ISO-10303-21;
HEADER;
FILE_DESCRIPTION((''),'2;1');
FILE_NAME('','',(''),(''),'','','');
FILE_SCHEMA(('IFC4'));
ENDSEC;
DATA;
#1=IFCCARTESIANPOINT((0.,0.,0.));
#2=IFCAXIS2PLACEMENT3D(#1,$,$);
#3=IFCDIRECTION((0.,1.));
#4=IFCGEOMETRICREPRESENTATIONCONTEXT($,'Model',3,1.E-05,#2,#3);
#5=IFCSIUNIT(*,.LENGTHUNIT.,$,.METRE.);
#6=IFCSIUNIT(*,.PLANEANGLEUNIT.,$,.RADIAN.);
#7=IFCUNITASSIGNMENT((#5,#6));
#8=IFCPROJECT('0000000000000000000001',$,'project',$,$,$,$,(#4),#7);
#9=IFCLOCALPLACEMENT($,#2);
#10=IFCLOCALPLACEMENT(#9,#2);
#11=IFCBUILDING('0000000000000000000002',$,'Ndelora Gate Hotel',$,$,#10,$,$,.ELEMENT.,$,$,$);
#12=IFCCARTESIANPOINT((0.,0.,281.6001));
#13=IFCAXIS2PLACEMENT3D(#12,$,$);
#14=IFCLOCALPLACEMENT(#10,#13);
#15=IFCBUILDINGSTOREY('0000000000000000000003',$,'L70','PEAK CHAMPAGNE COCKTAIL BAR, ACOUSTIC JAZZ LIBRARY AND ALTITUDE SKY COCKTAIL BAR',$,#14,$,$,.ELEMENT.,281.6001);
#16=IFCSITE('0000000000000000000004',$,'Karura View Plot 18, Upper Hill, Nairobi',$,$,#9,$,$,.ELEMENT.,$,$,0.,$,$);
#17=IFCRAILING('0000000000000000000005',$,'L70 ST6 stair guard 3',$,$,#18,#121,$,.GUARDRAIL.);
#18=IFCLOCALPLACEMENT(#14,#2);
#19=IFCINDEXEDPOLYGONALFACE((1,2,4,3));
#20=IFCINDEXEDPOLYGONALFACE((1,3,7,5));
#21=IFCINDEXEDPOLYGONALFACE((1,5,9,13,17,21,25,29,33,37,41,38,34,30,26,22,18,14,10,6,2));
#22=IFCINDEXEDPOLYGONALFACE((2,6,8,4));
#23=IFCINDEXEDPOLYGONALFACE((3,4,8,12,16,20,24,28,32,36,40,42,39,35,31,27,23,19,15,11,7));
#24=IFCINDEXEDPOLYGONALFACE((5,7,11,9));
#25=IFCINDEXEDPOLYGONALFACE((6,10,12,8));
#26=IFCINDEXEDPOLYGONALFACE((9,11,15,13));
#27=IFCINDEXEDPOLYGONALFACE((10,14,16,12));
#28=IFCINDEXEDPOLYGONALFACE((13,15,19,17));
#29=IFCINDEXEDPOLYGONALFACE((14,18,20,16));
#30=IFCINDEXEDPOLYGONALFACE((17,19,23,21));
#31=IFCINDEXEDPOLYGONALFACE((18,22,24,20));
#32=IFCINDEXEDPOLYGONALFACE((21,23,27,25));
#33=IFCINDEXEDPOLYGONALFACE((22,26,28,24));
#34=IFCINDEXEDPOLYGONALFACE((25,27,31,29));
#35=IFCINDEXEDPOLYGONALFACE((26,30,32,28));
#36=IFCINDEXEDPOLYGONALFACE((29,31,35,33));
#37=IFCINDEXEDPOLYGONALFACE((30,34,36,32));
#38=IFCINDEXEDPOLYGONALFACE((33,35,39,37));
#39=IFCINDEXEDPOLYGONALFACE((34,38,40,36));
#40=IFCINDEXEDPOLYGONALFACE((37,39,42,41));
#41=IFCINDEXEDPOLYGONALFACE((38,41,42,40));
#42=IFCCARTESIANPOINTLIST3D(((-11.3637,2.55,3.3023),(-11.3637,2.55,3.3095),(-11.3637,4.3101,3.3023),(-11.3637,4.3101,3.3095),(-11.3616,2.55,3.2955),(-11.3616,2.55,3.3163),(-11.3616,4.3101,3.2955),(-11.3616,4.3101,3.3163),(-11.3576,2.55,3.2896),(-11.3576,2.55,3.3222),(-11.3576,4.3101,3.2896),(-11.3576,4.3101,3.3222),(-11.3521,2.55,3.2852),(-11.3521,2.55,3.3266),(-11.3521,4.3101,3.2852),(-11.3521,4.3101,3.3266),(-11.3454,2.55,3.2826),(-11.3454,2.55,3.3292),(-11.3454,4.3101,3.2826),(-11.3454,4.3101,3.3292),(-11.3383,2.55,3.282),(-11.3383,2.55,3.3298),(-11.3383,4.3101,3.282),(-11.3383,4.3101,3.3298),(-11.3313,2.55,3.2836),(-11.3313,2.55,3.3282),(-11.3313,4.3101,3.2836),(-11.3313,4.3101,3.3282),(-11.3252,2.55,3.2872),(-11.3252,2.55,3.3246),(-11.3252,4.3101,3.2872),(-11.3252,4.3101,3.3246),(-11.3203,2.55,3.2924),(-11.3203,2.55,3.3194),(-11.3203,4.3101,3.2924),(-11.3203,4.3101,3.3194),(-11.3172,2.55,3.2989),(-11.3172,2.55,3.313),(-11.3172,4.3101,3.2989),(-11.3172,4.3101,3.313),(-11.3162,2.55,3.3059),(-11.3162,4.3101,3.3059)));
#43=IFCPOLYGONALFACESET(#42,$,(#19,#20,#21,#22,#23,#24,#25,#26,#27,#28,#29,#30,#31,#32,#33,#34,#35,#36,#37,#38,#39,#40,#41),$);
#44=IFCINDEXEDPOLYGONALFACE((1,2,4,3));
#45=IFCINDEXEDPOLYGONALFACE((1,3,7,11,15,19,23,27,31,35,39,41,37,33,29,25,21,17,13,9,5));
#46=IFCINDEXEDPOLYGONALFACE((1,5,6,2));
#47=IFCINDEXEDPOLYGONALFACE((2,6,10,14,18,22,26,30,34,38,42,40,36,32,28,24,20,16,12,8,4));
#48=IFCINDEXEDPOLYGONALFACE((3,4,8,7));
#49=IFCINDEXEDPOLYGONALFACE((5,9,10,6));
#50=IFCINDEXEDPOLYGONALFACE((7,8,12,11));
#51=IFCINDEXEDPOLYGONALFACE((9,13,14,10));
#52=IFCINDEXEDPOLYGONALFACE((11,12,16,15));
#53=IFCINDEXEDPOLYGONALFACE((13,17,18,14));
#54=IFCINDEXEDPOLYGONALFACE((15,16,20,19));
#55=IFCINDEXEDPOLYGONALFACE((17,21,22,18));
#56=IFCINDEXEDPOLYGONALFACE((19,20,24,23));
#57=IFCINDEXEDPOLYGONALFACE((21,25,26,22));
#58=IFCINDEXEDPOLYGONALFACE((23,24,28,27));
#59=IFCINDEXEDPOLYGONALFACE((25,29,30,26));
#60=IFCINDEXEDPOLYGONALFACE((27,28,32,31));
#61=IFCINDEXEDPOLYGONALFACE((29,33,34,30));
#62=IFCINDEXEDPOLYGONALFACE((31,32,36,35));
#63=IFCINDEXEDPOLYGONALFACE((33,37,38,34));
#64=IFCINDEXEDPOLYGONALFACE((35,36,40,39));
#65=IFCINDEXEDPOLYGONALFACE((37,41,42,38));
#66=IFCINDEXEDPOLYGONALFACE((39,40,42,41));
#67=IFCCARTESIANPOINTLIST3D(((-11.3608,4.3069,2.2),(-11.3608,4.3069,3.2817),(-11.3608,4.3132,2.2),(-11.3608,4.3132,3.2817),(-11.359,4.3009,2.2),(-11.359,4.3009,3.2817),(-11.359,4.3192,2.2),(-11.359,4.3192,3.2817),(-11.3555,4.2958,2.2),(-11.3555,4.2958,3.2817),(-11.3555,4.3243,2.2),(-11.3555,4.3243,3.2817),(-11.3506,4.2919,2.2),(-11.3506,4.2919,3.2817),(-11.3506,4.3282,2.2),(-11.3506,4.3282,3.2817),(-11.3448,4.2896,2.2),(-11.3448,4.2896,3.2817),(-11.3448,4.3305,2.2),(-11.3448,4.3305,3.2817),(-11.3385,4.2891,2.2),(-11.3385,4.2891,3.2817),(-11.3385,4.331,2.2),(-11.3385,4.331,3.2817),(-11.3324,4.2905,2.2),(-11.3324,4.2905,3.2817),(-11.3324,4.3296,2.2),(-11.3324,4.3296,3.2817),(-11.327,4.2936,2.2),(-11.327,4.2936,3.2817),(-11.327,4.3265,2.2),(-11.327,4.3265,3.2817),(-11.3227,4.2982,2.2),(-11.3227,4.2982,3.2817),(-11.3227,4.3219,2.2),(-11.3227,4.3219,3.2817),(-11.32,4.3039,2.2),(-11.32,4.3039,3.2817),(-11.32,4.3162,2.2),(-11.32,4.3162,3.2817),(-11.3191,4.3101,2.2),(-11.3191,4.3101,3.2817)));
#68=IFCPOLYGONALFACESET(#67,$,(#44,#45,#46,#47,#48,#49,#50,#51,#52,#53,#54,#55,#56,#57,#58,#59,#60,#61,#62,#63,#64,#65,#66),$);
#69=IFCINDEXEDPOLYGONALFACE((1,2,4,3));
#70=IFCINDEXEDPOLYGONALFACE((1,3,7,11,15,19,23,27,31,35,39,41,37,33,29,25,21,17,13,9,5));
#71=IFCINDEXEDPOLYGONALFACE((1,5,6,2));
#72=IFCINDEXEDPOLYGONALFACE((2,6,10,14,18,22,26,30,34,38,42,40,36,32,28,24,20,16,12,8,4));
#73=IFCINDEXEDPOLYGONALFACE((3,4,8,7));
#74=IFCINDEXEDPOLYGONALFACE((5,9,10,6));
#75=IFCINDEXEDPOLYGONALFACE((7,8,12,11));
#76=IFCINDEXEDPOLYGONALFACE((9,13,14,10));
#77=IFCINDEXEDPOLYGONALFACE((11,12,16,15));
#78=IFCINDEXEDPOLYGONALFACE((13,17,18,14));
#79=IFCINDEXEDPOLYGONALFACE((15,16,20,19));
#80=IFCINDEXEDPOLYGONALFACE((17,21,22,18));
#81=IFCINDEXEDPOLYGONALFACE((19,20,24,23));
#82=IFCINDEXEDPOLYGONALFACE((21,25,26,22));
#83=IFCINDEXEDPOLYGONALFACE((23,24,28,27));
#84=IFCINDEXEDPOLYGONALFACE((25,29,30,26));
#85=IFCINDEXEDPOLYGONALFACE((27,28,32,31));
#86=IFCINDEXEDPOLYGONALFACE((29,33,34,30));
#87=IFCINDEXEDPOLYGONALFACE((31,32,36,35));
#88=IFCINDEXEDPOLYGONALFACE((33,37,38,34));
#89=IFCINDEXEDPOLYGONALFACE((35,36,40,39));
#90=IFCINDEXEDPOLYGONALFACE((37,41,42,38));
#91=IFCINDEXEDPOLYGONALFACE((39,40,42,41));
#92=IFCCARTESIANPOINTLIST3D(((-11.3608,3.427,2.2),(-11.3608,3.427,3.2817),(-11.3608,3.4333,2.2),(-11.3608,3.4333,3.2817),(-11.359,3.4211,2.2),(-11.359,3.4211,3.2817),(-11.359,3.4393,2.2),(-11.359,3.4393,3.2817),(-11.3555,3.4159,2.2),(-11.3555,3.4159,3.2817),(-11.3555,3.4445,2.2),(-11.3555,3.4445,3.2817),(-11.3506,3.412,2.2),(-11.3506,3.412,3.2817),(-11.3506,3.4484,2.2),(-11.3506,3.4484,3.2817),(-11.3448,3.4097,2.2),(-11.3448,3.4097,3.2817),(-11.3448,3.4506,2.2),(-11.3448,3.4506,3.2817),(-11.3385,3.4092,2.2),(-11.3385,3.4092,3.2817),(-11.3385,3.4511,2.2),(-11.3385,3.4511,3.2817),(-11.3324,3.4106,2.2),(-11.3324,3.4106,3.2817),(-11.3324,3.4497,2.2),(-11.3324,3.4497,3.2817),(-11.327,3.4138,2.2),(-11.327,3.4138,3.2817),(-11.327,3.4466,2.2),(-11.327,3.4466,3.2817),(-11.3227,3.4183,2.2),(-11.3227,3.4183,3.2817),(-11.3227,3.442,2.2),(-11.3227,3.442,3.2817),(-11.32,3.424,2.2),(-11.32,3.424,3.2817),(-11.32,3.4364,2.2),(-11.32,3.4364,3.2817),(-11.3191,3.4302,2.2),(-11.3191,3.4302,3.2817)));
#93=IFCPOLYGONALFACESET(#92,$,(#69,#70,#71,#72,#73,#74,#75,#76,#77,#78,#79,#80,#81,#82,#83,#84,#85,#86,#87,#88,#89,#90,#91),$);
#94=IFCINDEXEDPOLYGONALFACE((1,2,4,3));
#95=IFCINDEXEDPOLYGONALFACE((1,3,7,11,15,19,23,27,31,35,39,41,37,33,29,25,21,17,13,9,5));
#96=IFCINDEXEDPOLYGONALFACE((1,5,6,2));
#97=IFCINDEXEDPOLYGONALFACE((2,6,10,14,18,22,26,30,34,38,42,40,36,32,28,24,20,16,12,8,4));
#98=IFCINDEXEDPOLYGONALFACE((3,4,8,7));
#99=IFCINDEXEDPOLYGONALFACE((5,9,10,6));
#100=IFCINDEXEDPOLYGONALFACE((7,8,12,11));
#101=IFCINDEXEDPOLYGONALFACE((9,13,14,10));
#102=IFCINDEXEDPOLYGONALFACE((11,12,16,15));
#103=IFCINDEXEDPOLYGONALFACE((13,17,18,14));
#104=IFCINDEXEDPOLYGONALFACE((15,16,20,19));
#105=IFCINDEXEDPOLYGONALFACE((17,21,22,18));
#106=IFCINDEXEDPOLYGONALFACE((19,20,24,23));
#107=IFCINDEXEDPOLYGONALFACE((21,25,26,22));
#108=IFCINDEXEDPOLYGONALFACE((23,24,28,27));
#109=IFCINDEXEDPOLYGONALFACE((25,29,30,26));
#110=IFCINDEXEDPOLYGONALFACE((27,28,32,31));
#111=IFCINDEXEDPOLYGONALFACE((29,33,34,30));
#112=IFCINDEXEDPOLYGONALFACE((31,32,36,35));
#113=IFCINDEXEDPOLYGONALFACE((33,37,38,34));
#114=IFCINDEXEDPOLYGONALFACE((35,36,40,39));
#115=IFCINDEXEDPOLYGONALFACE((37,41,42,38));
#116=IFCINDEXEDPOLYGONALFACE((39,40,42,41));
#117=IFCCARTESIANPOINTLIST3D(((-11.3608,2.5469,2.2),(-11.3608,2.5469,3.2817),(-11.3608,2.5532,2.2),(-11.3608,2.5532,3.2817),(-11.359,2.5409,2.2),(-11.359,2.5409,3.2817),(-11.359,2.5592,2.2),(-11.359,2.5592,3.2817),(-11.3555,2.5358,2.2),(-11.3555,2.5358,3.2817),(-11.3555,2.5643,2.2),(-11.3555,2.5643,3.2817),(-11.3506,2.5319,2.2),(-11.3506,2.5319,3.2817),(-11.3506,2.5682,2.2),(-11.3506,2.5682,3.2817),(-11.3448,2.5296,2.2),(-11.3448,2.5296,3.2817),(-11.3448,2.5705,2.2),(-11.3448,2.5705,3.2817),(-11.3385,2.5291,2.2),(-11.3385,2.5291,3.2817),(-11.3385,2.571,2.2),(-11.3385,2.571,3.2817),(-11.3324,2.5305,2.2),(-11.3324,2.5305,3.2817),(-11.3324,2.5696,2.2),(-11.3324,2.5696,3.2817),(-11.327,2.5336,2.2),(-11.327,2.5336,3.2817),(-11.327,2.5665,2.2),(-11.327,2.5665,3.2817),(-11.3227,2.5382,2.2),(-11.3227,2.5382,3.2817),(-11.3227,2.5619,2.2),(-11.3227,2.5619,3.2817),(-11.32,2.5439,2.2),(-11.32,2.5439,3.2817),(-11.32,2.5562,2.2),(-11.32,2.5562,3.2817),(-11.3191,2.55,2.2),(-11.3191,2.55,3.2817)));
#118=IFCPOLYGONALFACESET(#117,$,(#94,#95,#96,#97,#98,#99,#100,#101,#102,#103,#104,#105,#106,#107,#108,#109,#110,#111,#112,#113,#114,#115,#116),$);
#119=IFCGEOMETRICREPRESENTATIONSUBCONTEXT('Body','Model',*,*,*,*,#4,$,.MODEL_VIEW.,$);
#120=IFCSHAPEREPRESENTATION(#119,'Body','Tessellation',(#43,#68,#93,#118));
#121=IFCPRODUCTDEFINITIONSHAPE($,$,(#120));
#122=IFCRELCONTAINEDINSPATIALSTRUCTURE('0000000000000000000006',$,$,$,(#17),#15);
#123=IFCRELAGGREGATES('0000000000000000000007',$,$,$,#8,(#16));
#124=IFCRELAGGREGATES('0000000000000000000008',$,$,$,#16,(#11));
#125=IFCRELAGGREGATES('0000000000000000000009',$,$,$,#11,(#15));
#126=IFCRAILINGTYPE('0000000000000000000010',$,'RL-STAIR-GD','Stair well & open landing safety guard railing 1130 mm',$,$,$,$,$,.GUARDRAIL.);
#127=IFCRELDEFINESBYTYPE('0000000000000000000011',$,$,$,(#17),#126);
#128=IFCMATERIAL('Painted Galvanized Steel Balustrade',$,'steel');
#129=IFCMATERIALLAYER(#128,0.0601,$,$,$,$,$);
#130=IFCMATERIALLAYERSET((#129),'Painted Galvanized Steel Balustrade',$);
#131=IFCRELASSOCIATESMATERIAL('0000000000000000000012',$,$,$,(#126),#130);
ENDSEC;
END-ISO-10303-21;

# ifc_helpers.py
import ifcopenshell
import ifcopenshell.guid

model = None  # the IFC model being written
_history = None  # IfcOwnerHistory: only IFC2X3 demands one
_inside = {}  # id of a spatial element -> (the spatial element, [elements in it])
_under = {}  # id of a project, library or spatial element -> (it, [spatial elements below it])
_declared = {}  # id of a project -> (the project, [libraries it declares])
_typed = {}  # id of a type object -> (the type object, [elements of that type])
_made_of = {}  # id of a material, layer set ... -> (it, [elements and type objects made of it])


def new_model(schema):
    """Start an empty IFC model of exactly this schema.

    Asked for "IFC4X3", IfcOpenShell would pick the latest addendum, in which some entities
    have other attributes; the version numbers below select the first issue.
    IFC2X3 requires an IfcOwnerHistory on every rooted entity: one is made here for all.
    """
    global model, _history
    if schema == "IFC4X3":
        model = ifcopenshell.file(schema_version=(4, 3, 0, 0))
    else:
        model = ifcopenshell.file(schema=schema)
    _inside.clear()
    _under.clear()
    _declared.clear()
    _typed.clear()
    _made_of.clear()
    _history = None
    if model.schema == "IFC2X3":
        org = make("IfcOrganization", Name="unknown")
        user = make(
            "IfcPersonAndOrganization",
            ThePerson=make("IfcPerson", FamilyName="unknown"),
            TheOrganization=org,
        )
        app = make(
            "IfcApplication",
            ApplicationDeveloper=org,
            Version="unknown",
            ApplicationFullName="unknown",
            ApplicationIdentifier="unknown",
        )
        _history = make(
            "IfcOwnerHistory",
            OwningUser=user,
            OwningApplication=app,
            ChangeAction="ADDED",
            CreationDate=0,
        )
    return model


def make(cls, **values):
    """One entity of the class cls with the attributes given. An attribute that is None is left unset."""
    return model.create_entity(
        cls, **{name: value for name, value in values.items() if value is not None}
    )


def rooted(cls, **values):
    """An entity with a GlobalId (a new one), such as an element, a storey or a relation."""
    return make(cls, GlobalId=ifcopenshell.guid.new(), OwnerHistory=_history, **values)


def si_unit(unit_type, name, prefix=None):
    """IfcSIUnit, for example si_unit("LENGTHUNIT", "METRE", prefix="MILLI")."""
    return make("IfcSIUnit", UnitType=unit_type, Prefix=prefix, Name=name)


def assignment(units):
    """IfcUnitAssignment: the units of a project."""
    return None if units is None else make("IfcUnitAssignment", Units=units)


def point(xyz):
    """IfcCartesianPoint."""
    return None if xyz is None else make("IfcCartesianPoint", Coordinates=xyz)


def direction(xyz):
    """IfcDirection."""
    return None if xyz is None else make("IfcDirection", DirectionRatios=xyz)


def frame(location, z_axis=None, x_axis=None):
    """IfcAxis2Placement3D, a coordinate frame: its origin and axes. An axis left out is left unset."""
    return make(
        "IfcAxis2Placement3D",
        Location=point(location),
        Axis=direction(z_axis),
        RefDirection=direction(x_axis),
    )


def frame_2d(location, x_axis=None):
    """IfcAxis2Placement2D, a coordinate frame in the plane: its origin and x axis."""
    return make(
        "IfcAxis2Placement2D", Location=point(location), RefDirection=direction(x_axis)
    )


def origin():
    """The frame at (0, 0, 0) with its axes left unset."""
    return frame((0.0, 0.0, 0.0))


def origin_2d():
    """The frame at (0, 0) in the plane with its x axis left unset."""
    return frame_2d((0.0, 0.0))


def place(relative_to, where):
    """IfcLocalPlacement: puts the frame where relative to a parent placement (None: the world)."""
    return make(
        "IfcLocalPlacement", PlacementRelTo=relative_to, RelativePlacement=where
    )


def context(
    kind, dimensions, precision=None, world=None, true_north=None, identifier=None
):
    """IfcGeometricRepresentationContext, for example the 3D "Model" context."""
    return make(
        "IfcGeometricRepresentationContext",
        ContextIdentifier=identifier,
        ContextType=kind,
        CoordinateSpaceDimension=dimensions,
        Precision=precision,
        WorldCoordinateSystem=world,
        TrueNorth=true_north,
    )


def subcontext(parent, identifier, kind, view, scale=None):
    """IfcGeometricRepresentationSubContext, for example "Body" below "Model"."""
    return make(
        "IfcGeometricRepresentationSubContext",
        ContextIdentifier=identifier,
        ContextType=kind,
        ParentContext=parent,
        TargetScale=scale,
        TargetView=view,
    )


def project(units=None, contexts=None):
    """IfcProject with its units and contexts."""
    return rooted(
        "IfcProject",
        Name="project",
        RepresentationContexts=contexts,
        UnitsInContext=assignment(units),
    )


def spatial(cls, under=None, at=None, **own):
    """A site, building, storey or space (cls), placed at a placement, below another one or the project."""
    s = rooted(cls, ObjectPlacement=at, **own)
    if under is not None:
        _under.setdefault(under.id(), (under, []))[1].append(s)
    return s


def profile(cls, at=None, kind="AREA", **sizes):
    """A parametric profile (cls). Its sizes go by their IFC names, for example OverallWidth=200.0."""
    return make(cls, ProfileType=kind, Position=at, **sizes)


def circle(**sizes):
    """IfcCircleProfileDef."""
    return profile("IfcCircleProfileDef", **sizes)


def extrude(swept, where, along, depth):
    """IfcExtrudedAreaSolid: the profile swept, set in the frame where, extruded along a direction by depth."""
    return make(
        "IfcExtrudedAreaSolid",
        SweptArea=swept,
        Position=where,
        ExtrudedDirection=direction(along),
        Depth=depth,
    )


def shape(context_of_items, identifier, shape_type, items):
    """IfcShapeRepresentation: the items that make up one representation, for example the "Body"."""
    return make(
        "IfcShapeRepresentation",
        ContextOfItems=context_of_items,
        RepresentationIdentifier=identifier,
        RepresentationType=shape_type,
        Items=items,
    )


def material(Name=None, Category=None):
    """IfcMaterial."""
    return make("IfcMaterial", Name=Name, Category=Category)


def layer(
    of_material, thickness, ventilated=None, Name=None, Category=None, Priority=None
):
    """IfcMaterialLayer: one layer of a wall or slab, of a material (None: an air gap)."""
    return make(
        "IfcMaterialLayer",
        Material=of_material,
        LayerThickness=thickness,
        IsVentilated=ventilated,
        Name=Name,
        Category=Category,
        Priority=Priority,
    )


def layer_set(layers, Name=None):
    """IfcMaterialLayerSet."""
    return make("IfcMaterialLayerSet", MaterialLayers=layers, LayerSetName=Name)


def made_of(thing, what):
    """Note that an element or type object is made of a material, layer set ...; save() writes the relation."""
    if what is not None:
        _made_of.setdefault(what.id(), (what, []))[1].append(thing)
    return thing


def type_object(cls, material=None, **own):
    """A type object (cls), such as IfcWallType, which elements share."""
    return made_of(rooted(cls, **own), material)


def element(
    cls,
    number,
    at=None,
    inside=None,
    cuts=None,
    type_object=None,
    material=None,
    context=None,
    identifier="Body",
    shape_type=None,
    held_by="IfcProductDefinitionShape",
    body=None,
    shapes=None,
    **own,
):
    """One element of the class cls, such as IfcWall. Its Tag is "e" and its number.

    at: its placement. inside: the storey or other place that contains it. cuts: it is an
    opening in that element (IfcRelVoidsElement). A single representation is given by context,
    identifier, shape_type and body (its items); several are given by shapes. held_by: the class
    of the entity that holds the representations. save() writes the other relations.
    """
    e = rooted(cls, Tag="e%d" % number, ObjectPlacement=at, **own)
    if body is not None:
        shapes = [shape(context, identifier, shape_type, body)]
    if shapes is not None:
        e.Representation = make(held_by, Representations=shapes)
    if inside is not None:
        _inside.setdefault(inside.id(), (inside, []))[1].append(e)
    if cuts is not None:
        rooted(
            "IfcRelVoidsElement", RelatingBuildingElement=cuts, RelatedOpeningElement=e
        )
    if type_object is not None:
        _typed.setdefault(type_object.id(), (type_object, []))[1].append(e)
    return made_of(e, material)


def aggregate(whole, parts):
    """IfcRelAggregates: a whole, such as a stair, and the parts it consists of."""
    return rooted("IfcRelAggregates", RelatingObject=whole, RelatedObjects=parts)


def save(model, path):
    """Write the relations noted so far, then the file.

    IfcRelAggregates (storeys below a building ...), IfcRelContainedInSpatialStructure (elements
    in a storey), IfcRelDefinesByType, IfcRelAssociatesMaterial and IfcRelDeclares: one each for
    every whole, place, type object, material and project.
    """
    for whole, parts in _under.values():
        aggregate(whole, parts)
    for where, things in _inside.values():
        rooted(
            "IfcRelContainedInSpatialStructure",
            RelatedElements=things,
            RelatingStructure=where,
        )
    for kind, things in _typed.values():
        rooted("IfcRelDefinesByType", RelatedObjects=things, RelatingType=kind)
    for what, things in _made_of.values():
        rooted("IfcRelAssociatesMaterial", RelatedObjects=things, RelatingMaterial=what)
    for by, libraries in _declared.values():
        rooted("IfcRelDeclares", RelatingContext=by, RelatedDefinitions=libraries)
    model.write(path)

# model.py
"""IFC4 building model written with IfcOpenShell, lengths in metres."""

from ifc_helpers import new_model, si_unit, direction, frame, origin, origin_2d, place, context, subcontext, project, spatial, circle, extrude, material, layer, layer_set, type_object, element, save


model = new_model("IFC4")

# Units and contexts
model_context = context("Model", 3, precision=1e-05, world=origin(), true_north=direction((0.0, 1.0)))
body_context = subcontext(model_context, "Body", "Model", "MODEL_VIEW")
ifc_project = project(units=[si_unit("LENGTHUNIT", "METRE"), si_unit("PLANEANGLEUNIT", "RADIAN")], contexts=[model_context])

# Site, building, storey
site_placement = place(None, origin())
site = spatial("IfcSite", under=ifc_project, at=site_placement, Name="Karura View Plot 18, Upper Hill, Nairobi", CompositionType="ELEMENT", RefElevation=0.0)
building_placement = place(site_placement, origin())
building = spatial("IfcBuilding", under=site, at=building_placement, Name="Ndelora Gate Hotel", CompositionType="ELEMENT")
storey_placement = place(building_placement, frame((0.0, 0.0, 281.6001)))
storey = spatial("IfcBuildingStorey", under=building, at=storey_placement, Name="L70", Description="PEAK CHAMPAGNE COCKTAIL BAR, ACOUSTIC JAZZ LIBRARY AND ALTITUDE SKY COCKTAIL BAR", CompositionType="ELEMENT", Elevation=281.6001)

# Railing
ifc_material_1 = material(Name="Painted Galvanized Steel Balustrade", Category="steel")
ifc_layer_1 = layer(ifc_material_1, 0.0601)
ifc_layer_set_1 = layer_set([ifc_layer_1], Name="Painted Galvanized Steel Balustrade")
railing_type = type_object("IfcRailingType", Name="RL-STAIR-GD", Description="Stair well & open landing safety guard railing 1130 mm", PredefinedType="GUARDRAIL", material=ifc_layer_set_1)
railing_1_placement = place(storey_placement, frame((-11.3401, 4.3101, 2.2)))
element("IfcRailing", 1, at=railing_1_placement, inside=storey, type_object=railing_type, Name="L70 ST6 stair guard 3", PredefinedType="GUARDRAIL", context=body_context, shape_type="SweptSolid", body=[
    extrude(circle(Radius=0.0239, at=origin_2d()), frame((0.0, 0.0, 1.106), z_axis=(0.0, -1.0, 0.0), x_axis=(1.0, 0.0, 0.0)), (0.0, 0.0, 1.0), 1.76),
    extrude(circle(Radius=0.021, at=origin_2d()), origin(), (0.0, 0.0, 1.0), 1.0818),
    extrude(circle(Radius=0.021, at=origin_2d()), frame((0.0, -0.8799, 0.0)), (0.0, 0.0, 1.0), 1.0818),
    extrude(circle(Radius=0.021, at=origin_2d()), frame((0.0, -1.76, 0.0)), (0.0, 0.0, 1.0), 1.0818),
])

save(model, "model.ifc")
